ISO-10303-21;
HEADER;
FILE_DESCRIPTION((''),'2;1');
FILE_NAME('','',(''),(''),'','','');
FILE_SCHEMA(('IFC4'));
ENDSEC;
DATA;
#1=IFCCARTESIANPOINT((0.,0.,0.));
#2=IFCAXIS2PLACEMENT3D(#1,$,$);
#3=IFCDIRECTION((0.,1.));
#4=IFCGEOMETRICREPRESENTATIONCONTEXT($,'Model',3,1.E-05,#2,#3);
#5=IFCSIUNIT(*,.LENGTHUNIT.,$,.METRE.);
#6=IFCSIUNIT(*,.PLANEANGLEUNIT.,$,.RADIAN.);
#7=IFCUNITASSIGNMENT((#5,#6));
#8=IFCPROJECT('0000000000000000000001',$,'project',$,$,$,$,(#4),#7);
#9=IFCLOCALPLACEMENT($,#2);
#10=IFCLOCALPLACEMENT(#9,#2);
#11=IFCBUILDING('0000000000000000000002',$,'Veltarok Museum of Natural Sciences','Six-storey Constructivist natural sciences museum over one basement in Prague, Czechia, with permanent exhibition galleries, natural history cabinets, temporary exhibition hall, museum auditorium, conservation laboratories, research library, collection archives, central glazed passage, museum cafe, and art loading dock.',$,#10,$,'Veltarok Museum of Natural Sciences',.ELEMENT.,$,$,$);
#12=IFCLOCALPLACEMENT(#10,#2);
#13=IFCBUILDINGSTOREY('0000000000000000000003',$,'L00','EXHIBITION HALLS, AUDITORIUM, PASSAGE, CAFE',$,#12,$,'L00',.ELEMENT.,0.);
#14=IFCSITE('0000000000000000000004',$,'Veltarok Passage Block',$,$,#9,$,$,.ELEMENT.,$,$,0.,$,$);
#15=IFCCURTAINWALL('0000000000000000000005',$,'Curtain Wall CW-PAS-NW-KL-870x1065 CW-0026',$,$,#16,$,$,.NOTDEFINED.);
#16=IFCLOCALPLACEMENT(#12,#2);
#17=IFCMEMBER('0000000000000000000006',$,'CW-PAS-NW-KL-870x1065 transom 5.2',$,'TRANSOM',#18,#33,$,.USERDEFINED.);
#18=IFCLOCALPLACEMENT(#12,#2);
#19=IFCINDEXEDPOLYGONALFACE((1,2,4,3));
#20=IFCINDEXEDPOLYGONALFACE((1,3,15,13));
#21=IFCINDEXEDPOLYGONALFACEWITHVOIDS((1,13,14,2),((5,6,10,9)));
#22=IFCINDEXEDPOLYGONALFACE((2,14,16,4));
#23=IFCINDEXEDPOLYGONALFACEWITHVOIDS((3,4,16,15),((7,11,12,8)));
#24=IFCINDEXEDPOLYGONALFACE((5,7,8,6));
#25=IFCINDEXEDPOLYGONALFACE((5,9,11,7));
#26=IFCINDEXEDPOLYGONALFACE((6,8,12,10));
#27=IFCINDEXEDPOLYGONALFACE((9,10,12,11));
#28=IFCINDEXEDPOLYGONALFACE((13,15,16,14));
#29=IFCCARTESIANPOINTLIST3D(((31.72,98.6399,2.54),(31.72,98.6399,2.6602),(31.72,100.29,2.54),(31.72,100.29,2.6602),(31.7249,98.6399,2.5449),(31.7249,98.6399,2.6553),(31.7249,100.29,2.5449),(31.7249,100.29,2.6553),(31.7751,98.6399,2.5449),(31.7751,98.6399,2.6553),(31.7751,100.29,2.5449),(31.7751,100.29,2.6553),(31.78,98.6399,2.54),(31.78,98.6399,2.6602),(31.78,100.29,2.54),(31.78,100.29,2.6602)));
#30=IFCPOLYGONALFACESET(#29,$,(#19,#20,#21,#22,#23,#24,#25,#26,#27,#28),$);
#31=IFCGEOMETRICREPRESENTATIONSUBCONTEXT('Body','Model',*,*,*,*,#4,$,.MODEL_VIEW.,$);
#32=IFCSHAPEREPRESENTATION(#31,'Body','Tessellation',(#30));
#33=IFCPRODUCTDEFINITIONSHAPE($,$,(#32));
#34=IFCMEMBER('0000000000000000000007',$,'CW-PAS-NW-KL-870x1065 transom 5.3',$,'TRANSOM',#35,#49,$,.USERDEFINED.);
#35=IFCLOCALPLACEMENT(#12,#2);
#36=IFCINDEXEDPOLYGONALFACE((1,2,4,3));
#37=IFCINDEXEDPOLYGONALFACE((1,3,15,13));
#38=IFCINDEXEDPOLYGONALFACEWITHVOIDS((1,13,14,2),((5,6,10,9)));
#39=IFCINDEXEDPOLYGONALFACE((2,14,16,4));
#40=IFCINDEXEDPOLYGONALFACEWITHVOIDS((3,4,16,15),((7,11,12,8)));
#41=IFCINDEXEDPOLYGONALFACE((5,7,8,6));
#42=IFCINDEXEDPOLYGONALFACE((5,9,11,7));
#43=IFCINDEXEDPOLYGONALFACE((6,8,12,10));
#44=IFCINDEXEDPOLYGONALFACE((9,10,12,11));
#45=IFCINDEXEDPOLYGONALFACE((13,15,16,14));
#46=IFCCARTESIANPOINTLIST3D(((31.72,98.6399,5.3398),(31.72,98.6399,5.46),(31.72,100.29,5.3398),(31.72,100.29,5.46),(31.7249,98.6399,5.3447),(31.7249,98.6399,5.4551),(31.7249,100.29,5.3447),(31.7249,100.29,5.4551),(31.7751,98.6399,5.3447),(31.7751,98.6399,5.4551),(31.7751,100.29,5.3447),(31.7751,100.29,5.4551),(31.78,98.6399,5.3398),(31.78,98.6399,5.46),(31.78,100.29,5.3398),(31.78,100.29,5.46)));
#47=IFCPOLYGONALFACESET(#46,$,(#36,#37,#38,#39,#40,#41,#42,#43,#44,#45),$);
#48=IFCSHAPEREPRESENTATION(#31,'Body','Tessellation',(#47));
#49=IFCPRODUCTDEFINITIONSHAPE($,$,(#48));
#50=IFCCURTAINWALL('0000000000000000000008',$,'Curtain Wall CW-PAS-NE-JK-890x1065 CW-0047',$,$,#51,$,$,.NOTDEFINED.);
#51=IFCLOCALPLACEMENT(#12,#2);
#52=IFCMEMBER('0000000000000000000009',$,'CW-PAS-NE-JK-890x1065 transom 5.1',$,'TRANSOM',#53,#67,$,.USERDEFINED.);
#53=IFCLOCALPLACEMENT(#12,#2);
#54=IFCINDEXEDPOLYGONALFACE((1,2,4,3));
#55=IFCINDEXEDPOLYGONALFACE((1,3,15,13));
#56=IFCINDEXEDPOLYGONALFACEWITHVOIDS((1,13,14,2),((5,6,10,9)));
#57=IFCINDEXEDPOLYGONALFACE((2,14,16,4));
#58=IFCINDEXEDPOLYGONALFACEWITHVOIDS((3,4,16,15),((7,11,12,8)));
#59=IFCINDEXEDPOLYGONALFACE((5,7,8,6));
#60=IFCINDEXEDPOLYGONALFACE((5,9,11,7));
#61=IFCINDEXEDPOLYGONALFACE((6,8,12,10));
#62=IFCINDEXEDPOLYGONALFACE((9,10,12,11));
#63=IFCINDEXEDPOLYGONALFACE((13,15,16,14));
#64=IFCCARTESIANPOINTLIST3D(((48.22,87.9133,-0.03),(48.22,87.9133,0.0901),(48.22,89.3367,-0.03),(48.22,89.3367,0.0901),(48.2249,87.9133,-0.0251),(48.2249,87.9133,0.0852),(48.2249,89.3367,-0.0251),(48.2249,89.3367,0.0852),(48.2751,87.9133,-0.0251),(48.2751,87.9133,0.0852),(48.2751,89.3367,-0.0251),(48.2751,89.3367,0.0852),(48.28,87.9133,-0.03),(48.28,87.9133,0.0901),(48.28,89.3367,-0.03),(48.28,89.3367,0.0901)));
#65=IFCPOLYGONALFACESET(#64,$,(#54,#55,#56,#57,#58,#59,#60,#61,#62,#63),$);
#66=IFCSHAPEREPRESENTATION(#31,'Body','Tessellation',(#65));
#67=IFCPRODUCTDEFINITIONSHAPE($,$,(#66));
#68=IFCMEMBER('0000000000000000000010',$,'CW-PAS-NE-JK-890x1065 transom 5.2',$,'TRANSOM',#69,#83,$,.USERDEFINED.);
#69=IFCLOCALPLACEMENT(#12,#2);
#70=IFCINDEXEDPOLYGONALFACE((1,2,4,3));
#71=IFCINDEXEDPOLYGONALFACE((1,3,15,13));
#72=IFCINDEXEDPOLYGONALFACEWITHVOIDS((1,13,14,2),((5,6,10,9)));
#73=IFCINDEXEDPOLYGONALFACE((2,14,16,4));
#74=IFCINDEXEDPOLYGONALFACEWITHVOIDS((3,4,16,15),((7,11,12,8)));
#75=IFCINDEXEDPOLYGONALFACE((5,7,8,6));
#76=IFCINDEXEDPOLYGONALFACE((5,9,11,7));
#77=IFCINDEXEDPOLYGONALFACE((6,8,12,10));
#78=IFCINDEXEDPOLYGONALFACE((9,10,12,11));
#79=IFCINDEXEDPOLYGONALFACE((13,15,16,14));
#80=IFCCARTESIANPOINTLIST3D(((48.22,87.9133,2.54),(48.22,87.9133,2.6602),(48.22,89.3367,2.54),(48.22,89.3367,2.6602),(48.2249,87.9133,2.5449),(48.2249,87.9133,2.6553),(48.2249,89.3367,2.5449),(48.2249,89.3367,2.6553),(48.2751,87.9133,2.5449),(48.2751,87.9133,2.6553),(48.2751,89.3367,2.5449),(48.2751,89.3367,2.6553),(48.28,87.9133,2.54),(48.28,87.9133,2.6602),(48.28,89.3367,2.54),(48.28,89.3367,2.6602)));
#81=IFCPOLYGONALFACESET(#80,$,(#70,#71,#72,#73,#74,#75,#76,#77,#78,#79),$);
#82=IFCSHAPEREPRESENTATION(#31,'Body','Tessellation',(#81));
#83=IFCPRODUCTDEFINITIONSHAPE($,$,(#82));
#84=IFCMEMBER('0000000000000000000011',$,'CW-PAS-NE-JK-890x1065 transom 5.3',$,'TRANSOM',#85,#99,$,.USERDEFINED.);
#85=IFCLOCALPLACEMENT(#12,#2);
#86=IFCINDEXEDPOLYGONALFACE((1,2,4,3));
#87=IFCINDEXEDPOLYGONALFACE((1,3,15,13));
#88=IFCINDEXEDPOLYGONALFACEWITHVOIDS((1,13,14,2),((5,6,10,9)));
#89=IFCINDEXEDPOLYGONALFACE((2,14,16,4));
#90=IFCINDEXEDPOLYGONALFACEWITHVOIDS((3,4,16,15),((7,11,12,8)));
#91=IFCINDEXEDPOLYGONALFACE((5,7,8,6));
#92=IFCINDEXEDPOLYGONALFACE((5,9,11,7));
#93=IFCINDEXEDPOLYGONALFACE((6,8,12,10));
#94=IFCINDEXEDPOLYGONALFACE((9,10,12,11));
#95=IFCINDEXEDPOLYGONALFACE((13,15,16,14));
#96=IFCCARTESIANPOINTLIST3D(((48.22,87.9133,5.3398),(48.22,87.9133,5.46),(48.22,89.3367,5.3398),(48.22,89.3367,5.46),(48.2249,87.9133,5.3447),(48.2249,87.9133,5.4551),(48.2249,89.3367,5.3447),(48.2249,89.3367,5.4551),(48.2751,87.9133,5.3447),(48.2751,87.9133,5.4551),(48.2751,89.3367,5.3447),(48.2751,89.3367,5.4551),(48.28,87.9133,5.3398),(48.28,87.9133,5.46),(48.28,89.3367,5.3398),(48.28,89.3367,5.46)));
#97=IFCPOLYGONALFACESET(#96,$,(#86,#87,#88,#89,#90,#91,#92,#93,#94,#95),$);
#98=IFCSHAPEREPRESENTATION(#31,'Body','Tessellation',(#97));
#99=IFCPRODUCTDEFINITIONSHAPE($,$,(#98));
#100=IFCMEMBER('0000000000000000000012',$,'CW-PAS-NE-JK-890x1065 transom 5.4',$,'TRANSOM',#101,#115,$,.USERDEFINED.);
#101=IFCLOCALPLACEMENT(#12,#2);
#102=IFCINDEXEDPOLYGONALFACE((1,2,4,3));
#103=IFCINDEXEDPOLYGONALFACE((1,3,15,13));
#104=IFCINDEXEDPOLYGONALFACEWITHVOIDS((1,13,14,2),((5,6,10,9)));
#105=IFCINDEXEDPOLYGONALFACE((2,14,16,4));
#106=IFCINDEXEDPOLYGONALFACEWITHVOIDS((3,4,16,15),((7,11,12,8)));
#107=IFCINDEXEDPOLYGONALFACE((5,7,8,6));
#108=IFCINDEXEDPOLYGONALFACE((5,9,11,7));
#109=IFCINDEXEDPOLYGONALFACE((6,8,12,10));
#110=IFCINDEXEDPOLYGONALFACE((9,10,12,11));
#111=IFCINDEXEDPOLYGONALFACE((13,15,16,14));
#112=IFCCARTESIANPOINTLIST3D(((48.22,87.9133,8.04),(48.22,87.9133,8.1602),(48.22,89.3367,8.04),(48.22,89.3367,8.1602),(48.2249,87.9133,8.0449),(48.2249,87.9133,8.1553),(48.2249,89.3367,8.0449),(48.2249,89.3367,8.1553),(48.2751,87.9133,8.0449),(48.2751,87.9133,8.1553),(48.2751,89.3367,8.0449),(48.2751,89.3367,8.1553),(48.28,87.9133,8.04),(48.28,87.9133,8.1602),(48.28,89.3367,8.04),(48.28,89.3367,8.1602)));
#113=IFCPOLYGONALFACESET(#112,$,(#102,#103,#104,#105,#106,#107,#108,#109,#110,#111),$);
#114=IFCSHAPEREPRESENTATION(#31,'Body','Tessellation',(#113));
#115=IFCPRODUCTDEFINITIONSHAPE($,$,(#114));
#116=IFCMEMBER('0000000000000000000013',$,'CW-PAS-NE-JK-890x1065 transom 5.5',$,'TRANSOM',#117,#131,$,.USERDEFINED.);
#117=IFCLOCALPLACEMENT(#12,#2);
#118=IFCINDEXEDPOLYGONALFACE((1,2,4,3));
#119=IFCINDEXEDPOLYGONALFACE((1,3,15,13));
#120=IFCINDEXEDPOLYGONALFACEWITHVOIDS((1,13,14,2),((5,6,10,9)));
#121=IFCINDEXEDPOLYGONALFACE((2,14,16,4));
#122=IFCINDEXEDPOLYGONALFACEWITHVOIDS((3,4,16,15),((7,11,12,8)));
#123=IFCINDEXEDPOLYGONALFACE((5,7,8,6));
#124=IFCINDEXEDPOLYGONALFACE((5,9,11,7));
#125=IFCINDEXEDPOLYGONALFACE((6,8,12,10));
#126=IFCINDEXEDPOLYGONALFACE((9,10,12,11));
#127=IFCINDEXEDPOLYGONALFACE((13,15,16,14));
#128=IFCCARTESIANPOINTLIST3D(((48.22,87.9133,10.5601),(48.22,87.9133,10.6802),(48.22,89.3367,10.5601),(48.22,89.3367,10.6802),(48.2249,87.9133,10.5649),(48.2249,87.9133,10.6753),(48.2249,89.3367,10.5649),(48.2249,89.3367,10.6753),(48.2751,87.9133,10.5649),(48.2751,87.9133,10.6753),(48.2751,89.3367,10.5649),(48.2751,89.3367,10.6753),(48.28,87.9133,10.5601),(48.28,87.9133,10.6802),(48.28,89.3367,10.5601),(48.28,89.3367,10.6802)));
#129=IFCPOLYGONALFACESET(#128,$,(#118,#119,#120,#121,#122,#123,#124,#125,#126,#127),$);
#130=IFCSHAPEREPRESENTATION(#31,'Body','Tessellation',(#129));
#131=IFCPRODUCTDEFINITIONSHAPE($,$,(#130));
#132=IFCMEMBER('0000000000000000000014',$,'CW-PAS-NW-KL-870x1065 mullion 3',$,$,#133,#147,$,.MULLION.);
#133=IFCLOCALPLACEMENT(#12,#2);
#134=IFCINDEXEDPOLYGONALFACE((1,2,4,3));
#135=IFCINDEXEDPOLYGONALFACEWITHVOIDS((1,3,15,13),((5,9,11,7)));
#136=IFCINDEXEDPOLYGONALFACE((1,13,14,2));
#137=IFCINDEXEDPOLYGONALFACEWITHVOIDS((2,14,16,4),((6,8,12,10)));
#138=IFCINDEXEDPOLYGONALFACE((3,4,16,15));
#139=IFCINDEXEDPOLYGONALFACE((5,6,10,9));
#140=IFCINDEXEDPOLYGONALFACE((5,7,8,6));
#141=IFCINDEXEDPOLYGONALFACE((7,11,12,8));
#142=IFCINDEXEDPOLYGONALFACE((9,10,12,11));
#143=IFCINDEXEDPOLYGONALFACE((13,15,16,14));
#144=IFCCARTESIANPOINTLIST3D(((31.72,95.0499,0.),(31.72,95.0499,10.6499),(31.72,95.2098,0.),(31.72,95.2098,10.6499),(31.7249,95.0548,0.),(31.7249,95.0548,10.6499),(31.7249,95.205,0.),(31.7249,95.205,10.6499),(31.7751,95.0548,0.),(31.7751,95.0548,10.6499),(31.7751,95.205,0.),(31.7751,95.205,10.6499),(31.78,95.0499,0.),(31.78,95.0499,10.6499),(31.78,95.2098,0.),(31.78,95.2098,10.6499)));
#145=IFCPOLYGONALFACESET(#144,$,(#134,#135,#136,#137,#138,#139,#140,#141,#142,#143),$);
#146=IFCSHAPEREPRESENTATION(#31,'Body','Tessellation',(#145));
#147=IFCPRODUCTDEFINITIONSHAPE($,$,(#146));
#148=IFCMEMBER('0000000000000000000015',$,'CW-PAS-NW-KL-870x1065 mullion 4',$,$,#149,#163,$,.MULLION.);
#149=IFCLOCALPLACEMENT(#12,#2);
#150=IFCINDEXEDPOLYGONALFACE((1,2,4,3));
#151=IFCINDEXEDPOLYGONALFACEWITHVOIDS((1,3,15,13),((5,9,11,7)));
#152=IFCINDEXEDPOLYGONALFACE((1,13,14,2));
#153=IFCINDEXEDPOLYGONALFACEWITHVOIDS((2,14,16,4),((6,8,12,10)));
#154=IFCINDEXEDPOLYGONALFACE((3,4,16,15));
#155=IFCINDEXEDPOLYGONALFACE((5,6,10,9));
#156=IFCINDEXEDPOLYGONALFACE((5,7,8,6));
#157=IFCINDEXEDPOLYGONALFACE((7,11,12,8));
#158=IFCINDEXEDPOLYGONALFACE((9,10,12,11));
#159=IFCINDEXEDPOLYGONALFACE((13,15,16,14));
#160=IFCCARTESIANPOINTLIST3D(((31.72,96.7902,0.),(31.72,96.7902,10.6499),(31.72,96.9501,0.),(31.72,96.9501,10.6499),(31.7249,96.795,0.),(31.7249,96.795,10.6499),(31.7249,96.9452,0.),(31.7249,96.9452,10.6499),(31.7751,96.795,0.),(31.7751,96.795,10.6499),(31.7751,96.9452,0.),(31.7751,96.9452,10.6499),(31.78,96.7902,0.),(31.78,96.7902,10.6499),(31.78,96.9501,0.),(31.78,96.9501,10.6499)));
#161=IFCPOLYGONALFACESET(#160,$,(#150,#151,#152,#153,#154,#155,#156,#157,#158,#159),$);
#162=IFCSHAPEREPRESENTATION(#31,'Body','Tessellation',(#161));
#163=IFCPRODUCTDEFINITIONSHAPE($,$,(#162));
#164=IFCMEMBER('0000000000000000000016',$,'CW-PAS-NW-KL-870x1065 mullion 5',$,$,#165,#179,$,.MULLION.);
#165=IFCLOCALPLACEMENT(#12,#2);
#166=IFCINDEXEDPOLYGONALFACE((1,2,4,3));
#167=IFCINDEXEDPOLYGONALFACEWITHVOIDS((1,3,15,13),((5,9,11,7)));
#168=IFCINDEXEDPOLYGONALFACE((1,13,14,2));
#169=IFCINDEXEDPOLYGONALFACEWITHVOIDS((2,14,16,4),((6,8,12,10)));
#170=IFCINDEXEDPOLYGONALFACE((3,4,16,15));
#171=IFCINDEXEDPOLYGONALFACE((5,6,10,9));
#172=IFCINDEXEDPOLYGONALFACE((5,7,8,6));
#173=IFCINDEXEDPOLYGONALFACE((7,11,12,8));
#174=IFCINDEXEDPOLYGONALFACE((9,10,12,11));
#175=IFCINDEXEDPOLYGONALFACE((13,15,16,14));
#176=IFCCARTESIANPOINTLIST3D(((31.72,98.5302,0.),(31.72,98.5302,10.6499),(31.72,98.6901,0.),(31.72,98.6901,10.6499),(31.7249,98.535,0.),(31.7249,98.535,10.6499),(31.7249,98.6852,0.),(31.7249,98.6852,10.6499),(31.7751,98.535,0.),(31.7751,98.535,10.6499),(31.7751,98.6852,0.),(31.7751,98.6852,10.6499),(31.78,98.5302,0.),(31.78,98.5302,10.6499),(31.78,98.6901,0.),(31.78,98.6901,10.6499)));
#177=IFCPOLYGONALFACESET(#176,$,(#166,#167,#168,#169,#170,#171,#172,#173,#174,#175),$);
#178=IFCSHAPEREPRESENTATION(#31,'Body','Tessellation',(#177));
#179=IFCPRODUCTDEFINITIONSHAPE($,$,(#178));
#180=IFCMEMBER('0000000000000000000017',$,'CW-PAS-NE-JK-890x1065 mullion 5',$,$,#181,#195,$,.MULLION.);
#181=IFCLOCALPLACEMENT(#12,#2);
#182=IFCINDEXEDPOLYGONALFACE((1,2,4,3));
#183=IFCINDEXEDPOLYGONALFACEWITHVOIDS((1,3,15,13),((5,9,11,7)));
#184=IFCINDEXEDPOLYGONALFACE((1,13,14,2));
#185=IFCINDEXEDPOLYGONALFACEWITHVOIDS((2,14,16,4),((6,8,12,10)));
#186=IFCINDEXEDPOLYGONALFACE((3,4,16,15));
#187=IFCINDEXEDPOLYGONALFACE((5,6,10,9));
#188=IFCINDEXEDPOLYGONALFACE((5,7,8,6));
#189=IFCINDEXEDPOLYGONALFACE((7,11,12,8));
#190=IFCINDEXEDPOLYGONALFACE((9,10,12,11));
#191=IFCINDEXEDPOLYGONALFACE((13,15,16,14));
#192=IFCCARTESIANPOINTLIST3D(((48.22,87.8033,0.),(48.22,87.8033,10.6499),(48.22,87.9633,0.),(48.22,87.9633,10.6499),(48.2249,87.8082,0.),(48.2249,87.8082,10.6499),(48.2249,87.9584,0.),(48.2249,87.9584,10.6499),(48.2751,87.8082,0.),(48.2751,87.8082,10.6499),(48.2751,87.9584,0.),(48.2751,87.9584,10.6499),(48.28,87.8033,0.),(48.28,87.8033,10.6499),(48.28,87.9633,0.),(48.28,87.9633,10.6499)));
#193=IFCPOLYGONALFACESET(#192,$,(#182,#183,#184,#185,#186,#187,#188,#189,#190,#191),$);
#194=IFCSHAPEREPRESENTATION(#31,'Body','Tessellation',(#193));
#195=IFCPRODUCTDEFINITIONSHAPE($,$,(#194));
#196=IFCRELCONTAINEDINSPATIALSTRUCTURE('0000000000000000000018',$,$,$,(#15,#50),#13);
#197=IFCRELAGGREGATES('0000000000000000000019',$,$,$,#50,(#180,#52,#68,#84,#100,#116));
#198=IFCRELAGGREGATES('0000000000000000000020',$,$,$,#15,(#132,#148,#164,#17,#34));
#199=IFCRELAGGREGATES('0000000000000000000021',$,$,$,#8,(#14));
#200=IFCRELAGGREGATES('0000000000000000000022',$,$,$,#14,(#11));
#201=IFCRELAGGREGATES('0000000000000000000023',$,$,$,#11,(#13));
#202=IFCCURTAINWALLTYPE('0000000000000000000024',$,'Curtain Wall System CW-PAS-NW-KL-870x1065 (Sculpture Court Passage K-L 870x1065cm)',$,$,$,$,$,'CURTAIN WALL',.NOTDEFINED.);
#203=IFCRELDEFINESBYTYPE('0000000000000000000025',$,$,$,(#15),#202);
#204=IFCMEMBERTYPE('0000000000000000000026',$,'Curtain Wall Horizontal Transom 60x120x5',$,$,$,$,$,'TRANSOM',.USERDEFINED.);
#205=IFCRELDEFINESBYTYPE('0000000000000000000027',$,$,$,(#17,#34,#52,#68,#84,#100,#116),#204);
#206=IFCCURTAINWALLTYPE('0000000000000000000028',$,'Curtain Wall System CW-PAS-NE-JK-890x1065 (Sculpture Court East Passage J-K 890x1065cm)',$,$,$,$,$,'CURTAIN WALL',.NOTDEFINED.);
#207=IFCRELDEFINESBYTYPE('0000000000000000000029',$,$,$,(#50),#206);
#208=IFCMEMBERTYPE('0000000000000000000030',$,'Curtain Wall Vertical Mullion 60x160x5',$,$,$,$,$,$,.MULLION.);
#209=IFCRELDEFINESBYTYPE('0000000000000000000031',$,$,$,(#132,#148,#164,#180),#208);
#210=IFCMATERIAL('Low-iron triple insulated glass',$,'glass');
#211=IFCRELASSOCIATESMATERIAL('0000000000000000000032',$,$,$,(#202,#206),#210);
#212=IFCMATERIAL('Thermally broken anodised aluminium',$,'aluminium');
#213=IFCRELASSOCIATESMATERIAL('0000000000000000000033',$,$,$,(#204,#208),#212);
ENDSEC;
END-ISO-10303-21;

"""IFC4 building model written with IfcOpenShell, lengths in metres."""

from ifc_helpers import new_model, si_unit, direction, frame, origin, origin_2d, place, context, subcontext, project, spatial, hollow_rectangle, extrude, material, material_profile, profile_set, type_object, element, aggregate, save


model = new_model("IFC4")

# Units and contexts
model_context = context("Model", 3, precision=1e-05, world=origin(), true_north=direction((0.0, 1.0)))
body_context = subcontext(model_context, "Body", "Model", "MODEL_VIEW")
ifc_project = project(units=[si_unit("LENGTHUNIT", "METRE"), si_unit("PLANEANGLEUNIT", "RADIAN")], contexts=[model_context])

# Site, building, storey
site_placement = place(None, origin())
site = spatial("IfcSite", under=ifc_project, at=site_placement, Name="Veltarok Passage Block", CompositionType="ELEMENT", RefElevation=0.0)
building_placement = place(site_placement, origin())
building = spatial("IfcBuilding", under=site, at=building_placement, Name="Veltarok Museum of Natural Sciences", Description="Six-storey Constructivist natural sciences museum over one basement in Prague, Czechia, with permanent exhibition galleries, natural history cabinets, temporary exhibition hall, museum auditorium, conservation laboratories, research library, collection archives, central glazed passage, museum cafe, and art loading dock.", LongName="Veltarok Museum of Natural Sciences", CompositionType="ELEMENT")
storey_placement = place(building_placement, origin())
storey = spatial("IfcBuildingStorey", under=building, at=storey_placement, Name="L00", Description="EXHIBITION HALLS, AUDITORIUM, PASSAGE, CAFE", LongName="L00", CompositionType="ELEMENT", Elevation=0.0)

# Curtain walls, members
ifc_material_1 = material(Name="Low-iron triple insulated glass", Category="glass")
curtain_wall_type_1 = type_object("IfcCurtainWallType", Name="Curtain Wall System CW-PAS-NW-KL-870x1065 (Sculpture Court Passage K-L 870x1065cm)", ElementType="CURTAIN WALL", PredefinedType="NOTDEFINED", material=ifc_material_1)
curtain_wall_1_placement = place(storey_placement, origin())
curtain_wall_1 = element("IfcCurtainWall", 1, at=curtain_wall_1_placement, inside=storey, type_object=curtain_wall_type_1, Name="Curtain Wall CW-PAS-NW-KL-870x1065 CW-0026", PredefinedType="NOTDEFINED")
ifc_material_2 = material(Name="Thermally broken anodised aluminium", Category="aluminium")
ifc_material_profile_1 = material_profile(ifc_material_2, hollow_rectangle(XDim=0.0601, YDim=0.1201, WallThickness=0.0049, at=origin_2d()), Name="CW TRANSOM 60x120x5")
ifc_profile_set_1 = profile_set([ifc_material_profile_1], Name="Thermally broken anodised aluminium")
member_type_1 = type_object("IfcMemberType", Name="Curtain Wall Horizontal Transom 60x120x5", ElementType="TRANSOM", PredefinedType="USERDEFINED", material=ifc_profile_set_1)
member_1_placement = place(storey_placement, frame((31.75, 98.6399, 2.6001), z_axis=(0.0, 1.0, 0.0), x_axis=(-1.0, 0.0, 0.0)))
member_1 = element("IfcMember", 2, at=member_1_placement, type_object=member_type_1, Name="CW-PAS-NW-KL-870x1065 transom 5.2", ObjectType="TRANSOM", PredefinedType="USERDEFINED", context=body_context, shape_type="SweptSolid", body=[
    extrude(hollow_rectangle(XDim=0.0601, YDim=0.1201, WallThickness=0.0049, at=origin_2d()), origin(), (0.0, 0.0, 1.0), 1.6501),
])
member_2_placement = place(storey_placement, frame((31.75, 98.6399, 5.3999), z_axis=(0.0, 1.0, 0.0), x_axis=(-1.0, 0.0, 0.0)))
member_2 = element("IfcMember", 3, at=member_2_placement, type_object=member_type_1, Name="CW-PAS-NW-KL-870x1065 transom 5.3", ObjectType="TRANSOM", PredefinedType="USERDEFINED", context=body_context, shape_type="SweptSolid", body=[
    extrude(hollow_rectangle(XDim=0.0601, YDim=0.1201, WallThickness=0.0049, at=origin_2d()), origin(), (0.0, 0.0, 1.0), 1.6501),
])
curtain_wall_type_2 = type_object("IfcCurtainWallType", Name="Curtain Wall System CW-PAS-NE-JK-890x1065 (Sculpture Court East Passage J-K 890x1065cm)", ElementType="CURTAIN WALL", PredefinedType="NOTDEFINED", material=ifc_material_1)
curtain_wall_2_placement = place(storey_placement, origin())
curtain_wall_2 = element("IfcCurtainWall", 4, at=curtain_wall_2_placement, inside=storey, type_object=curtain_wall_type_2, Name="Curtain Wall CW-PAS-NE-JK-890x1065 CW-0047", PredefinedType="NOTDEFINED")
member_3_placement = place(storey_placement, frame((48.25, 87.9133, 0.03), z_axis=(0.0, 1.0, 0.0), x_axis=(-1.0, 0.0, 0.0)))
member_3 = element("IfcMember", 5, at=member_3_placement, type_object=member_type_1, Name="CW-PAS-NE-JK-890x1065 transom 5.1", ObjectType="TRANSOM", PredefinedType="USERDEFINED", context=body_context, shape_type="SweptSolid", body=[
    extrude(hollow_rectangle(XDim=0.0601, YDim=0.1201, WallThickness=0.0049, at=origin_2d()), origin(), (0.0, 0.0, 1.0), 1.4233),
])
member_4_placement = place(storey_placement, frame((48.25, 87.9133, 2.6001), z_axis=(0.0, 1.0, 0.0), x_axis=(-1.0, 0.0, 0.0)))
member_4 = element("IfcMember", 6, at=member_4_placement, type_object=member_type_1, Name="CW-PAS-NE-JK-890x1065 transom 5.2", ObjectType="TRANSOM", PredefinedType="USERDEFINED", context=body_context, shape_type="SweptSolid", body=[
    extrude(hollow_rectangle(XDim=0.0601, YDim=0.1201, WallThickness=0.0049, at=origin_2d()), origin(), (0.0, 0.0, 1.0), 1.4233),
])
member_5_placement = place(storey_placement, frame((48.25, 87.9133, 5.3999), z_axis=(0.0, 1.0, 0.0), x_axis=(-1.0, 0.0, 0.0)))
member_5 = element("IfcMember", 7, at=member_5_placement, type_object=member_type_1, Name="CW-PAS-NE-JK-890x1065 transom 5.3", ObjectType="TRANSOM", PredefinedType="USERDEFINED", context=body_context, shape_type="SweptSolid", body=[
    extrude(hollow_rectangle(XDim=0.0601, YDim=0.1201, WallThickness=0.0049, at=origin_2d()), origin(), (0.0, 0.0, 1.0), 1.4233),
])
member_6_placement = place(storey_placement, frame((48.25, 87.9133, 8.1001), z_axis=(0.0, 1.0, 0.0), x_axis=(-1.0, 0.0, 0.0)))
member_6 = element("IfcMember", 8, at=member_6_placement, type_object=member_type_1, Name="CW-PAS-NE-JK-890x1065 transom 5.4", ObjectType="TRANSOM", PredefinedType="USERDEFINED", context=body_context, shape_type="SweptSolid", body=[
    extrude(hollow_rectangle(XDim=0.0601, YDim=0.1201, WallThickness=0.0049, at=origin_2d()), origin(), (0.0, 0.0, 1.0), 1.4233),
])
member_7_placement = place(storey_placement, frame((48.25, 87.9133, 10.6201), z_axis=(0.0, 1.0, 0.0), x_axis=(-1.0, 0.0, 0.0)))
member_7 = element("IfcMember", 9, at=member_7_placement, type_object=member_type_1, Name="CW-PAS-NE-JK-890x1065 transom 5.5", ObjectType="TRANSOM", PredefinedType="USERDEFINED", context=body_context, shape_type="SweptSolid", body=[
    extrude(hollow_rectangle(XDim=0.0601, YDim=0.1201, WallThickness=0.0049, at=origin_2d()), origin(), (0.0, 0.0, 1.0), 1.4233),
])

# Members
ifc_material_profile_2 = material_profile(ifc_material_2, hollow_rectangle(XDim=0.0601, YDim=0.1599, WallThickness=0.0049, at=origin_2d()), Name="CW MULLION 60x160x5")
ifc_profile_set_2 = profile_set([ifc_material_profile_2], Name="Thermally broken anodised aluminium")
member_type_2 = type_object("IfcMemberType", Name="Curtain Wall Vertical Mullion 60x160x5", PredefinedType="MULLION", material=ifc_profile_set_2)
member_8_placement = place(storey_placement, frame((31.75, 95.1299, 0.0), z_axis=(0.0, 0.0, 1.0), x_axis=(-1.0, 0.0, 0.0)))
member_8 = element("IfcMember", 10, at=member_8_placement, type_object=member_type_2, Name="CW-PAS-NW-KL-870x1065 mullion 3", PredefinedType="MULLION", context=body_context, shape_type="SweptSolid", body=[
    extrude(hollow_rectangle(XDim=0.0601, YDim=0.1599, WallThickness=0.0049, at=origin_2d()), origin(), (0.0, 0.0, 1.0), 10.6499),
])
member_9_placement = place(storey_placement, frame((31.75, 96.8701, 0.0), z_axis=(0.0, 0.0, 1.0), x_axis=(-1.0, 0.0, 0.0)))
member_9 = element("IfcMember", 11, at=member_9_placement, type_object=member_type_2, Name="CW-PAS-NW-KL-870x1065 mullion 4", PredefinedType="MULLION", context=body_context, shape_type="SweptSolid", body=[
    extrude(hollow_rectangle(XDim=0.0601, YDim=0.1599, WallThickness=0.0049, at=origin_2d()), origin(), (0.0, 0.0, 1.0), 10.6499),
])
member_10_placement = place(storey_placement, frame((31.75, 98.6101, 0.0), z_axis=(0.0, 0.0, 1.0), x_axis=(-1.0, 0.0, 0.0)))
member_10 = element("IfcMember", 12, at=member_10_placement, type_object=member_type_2, Name="CW-PAS-NW-KL-870x1065 mullion 5", PredefinedType="MULLION", context=body_context, shape_type="SweptSolid", body=[
    extrude(hollow_rectangle(XDim=0.0601, YDim=0.1599, WallThickness=0.0049, at=origin_2d()), origin(), (0.0, 0.0, 1.0), 10.6499),
])
member_11_placement = place(storey_placement, frame((48.25, 87.8833, 0.0), z_axis=(0.0, 0.0, 1.0), x_axis=(-1.0, 0.0, 0.0)))
member_11 = element("IfcMember", 13, at=member_11_placement, type_object=member_type_2, Name="CW-PAS-NE-JK-890x1065 mullion 5", PredefinedType="MULLION", context=body_context, shape_type="SweptSolid", body=[
    extrude(hollow_rectangle(XDim=0.0601, YDim=0.1599, WallThickness=0.0049, at=origin_2d()), origin(), (0.0, 0.0, 1.0), 10.6499),
])
aggregate(curtain_wall_2, [member_11, member_3, member_4, member_5, member_6, member_7])

aggregate(curtain_wall_1, [member_8, member_9, member_10, member_1, member_2])

save(model, "model.ifc")
